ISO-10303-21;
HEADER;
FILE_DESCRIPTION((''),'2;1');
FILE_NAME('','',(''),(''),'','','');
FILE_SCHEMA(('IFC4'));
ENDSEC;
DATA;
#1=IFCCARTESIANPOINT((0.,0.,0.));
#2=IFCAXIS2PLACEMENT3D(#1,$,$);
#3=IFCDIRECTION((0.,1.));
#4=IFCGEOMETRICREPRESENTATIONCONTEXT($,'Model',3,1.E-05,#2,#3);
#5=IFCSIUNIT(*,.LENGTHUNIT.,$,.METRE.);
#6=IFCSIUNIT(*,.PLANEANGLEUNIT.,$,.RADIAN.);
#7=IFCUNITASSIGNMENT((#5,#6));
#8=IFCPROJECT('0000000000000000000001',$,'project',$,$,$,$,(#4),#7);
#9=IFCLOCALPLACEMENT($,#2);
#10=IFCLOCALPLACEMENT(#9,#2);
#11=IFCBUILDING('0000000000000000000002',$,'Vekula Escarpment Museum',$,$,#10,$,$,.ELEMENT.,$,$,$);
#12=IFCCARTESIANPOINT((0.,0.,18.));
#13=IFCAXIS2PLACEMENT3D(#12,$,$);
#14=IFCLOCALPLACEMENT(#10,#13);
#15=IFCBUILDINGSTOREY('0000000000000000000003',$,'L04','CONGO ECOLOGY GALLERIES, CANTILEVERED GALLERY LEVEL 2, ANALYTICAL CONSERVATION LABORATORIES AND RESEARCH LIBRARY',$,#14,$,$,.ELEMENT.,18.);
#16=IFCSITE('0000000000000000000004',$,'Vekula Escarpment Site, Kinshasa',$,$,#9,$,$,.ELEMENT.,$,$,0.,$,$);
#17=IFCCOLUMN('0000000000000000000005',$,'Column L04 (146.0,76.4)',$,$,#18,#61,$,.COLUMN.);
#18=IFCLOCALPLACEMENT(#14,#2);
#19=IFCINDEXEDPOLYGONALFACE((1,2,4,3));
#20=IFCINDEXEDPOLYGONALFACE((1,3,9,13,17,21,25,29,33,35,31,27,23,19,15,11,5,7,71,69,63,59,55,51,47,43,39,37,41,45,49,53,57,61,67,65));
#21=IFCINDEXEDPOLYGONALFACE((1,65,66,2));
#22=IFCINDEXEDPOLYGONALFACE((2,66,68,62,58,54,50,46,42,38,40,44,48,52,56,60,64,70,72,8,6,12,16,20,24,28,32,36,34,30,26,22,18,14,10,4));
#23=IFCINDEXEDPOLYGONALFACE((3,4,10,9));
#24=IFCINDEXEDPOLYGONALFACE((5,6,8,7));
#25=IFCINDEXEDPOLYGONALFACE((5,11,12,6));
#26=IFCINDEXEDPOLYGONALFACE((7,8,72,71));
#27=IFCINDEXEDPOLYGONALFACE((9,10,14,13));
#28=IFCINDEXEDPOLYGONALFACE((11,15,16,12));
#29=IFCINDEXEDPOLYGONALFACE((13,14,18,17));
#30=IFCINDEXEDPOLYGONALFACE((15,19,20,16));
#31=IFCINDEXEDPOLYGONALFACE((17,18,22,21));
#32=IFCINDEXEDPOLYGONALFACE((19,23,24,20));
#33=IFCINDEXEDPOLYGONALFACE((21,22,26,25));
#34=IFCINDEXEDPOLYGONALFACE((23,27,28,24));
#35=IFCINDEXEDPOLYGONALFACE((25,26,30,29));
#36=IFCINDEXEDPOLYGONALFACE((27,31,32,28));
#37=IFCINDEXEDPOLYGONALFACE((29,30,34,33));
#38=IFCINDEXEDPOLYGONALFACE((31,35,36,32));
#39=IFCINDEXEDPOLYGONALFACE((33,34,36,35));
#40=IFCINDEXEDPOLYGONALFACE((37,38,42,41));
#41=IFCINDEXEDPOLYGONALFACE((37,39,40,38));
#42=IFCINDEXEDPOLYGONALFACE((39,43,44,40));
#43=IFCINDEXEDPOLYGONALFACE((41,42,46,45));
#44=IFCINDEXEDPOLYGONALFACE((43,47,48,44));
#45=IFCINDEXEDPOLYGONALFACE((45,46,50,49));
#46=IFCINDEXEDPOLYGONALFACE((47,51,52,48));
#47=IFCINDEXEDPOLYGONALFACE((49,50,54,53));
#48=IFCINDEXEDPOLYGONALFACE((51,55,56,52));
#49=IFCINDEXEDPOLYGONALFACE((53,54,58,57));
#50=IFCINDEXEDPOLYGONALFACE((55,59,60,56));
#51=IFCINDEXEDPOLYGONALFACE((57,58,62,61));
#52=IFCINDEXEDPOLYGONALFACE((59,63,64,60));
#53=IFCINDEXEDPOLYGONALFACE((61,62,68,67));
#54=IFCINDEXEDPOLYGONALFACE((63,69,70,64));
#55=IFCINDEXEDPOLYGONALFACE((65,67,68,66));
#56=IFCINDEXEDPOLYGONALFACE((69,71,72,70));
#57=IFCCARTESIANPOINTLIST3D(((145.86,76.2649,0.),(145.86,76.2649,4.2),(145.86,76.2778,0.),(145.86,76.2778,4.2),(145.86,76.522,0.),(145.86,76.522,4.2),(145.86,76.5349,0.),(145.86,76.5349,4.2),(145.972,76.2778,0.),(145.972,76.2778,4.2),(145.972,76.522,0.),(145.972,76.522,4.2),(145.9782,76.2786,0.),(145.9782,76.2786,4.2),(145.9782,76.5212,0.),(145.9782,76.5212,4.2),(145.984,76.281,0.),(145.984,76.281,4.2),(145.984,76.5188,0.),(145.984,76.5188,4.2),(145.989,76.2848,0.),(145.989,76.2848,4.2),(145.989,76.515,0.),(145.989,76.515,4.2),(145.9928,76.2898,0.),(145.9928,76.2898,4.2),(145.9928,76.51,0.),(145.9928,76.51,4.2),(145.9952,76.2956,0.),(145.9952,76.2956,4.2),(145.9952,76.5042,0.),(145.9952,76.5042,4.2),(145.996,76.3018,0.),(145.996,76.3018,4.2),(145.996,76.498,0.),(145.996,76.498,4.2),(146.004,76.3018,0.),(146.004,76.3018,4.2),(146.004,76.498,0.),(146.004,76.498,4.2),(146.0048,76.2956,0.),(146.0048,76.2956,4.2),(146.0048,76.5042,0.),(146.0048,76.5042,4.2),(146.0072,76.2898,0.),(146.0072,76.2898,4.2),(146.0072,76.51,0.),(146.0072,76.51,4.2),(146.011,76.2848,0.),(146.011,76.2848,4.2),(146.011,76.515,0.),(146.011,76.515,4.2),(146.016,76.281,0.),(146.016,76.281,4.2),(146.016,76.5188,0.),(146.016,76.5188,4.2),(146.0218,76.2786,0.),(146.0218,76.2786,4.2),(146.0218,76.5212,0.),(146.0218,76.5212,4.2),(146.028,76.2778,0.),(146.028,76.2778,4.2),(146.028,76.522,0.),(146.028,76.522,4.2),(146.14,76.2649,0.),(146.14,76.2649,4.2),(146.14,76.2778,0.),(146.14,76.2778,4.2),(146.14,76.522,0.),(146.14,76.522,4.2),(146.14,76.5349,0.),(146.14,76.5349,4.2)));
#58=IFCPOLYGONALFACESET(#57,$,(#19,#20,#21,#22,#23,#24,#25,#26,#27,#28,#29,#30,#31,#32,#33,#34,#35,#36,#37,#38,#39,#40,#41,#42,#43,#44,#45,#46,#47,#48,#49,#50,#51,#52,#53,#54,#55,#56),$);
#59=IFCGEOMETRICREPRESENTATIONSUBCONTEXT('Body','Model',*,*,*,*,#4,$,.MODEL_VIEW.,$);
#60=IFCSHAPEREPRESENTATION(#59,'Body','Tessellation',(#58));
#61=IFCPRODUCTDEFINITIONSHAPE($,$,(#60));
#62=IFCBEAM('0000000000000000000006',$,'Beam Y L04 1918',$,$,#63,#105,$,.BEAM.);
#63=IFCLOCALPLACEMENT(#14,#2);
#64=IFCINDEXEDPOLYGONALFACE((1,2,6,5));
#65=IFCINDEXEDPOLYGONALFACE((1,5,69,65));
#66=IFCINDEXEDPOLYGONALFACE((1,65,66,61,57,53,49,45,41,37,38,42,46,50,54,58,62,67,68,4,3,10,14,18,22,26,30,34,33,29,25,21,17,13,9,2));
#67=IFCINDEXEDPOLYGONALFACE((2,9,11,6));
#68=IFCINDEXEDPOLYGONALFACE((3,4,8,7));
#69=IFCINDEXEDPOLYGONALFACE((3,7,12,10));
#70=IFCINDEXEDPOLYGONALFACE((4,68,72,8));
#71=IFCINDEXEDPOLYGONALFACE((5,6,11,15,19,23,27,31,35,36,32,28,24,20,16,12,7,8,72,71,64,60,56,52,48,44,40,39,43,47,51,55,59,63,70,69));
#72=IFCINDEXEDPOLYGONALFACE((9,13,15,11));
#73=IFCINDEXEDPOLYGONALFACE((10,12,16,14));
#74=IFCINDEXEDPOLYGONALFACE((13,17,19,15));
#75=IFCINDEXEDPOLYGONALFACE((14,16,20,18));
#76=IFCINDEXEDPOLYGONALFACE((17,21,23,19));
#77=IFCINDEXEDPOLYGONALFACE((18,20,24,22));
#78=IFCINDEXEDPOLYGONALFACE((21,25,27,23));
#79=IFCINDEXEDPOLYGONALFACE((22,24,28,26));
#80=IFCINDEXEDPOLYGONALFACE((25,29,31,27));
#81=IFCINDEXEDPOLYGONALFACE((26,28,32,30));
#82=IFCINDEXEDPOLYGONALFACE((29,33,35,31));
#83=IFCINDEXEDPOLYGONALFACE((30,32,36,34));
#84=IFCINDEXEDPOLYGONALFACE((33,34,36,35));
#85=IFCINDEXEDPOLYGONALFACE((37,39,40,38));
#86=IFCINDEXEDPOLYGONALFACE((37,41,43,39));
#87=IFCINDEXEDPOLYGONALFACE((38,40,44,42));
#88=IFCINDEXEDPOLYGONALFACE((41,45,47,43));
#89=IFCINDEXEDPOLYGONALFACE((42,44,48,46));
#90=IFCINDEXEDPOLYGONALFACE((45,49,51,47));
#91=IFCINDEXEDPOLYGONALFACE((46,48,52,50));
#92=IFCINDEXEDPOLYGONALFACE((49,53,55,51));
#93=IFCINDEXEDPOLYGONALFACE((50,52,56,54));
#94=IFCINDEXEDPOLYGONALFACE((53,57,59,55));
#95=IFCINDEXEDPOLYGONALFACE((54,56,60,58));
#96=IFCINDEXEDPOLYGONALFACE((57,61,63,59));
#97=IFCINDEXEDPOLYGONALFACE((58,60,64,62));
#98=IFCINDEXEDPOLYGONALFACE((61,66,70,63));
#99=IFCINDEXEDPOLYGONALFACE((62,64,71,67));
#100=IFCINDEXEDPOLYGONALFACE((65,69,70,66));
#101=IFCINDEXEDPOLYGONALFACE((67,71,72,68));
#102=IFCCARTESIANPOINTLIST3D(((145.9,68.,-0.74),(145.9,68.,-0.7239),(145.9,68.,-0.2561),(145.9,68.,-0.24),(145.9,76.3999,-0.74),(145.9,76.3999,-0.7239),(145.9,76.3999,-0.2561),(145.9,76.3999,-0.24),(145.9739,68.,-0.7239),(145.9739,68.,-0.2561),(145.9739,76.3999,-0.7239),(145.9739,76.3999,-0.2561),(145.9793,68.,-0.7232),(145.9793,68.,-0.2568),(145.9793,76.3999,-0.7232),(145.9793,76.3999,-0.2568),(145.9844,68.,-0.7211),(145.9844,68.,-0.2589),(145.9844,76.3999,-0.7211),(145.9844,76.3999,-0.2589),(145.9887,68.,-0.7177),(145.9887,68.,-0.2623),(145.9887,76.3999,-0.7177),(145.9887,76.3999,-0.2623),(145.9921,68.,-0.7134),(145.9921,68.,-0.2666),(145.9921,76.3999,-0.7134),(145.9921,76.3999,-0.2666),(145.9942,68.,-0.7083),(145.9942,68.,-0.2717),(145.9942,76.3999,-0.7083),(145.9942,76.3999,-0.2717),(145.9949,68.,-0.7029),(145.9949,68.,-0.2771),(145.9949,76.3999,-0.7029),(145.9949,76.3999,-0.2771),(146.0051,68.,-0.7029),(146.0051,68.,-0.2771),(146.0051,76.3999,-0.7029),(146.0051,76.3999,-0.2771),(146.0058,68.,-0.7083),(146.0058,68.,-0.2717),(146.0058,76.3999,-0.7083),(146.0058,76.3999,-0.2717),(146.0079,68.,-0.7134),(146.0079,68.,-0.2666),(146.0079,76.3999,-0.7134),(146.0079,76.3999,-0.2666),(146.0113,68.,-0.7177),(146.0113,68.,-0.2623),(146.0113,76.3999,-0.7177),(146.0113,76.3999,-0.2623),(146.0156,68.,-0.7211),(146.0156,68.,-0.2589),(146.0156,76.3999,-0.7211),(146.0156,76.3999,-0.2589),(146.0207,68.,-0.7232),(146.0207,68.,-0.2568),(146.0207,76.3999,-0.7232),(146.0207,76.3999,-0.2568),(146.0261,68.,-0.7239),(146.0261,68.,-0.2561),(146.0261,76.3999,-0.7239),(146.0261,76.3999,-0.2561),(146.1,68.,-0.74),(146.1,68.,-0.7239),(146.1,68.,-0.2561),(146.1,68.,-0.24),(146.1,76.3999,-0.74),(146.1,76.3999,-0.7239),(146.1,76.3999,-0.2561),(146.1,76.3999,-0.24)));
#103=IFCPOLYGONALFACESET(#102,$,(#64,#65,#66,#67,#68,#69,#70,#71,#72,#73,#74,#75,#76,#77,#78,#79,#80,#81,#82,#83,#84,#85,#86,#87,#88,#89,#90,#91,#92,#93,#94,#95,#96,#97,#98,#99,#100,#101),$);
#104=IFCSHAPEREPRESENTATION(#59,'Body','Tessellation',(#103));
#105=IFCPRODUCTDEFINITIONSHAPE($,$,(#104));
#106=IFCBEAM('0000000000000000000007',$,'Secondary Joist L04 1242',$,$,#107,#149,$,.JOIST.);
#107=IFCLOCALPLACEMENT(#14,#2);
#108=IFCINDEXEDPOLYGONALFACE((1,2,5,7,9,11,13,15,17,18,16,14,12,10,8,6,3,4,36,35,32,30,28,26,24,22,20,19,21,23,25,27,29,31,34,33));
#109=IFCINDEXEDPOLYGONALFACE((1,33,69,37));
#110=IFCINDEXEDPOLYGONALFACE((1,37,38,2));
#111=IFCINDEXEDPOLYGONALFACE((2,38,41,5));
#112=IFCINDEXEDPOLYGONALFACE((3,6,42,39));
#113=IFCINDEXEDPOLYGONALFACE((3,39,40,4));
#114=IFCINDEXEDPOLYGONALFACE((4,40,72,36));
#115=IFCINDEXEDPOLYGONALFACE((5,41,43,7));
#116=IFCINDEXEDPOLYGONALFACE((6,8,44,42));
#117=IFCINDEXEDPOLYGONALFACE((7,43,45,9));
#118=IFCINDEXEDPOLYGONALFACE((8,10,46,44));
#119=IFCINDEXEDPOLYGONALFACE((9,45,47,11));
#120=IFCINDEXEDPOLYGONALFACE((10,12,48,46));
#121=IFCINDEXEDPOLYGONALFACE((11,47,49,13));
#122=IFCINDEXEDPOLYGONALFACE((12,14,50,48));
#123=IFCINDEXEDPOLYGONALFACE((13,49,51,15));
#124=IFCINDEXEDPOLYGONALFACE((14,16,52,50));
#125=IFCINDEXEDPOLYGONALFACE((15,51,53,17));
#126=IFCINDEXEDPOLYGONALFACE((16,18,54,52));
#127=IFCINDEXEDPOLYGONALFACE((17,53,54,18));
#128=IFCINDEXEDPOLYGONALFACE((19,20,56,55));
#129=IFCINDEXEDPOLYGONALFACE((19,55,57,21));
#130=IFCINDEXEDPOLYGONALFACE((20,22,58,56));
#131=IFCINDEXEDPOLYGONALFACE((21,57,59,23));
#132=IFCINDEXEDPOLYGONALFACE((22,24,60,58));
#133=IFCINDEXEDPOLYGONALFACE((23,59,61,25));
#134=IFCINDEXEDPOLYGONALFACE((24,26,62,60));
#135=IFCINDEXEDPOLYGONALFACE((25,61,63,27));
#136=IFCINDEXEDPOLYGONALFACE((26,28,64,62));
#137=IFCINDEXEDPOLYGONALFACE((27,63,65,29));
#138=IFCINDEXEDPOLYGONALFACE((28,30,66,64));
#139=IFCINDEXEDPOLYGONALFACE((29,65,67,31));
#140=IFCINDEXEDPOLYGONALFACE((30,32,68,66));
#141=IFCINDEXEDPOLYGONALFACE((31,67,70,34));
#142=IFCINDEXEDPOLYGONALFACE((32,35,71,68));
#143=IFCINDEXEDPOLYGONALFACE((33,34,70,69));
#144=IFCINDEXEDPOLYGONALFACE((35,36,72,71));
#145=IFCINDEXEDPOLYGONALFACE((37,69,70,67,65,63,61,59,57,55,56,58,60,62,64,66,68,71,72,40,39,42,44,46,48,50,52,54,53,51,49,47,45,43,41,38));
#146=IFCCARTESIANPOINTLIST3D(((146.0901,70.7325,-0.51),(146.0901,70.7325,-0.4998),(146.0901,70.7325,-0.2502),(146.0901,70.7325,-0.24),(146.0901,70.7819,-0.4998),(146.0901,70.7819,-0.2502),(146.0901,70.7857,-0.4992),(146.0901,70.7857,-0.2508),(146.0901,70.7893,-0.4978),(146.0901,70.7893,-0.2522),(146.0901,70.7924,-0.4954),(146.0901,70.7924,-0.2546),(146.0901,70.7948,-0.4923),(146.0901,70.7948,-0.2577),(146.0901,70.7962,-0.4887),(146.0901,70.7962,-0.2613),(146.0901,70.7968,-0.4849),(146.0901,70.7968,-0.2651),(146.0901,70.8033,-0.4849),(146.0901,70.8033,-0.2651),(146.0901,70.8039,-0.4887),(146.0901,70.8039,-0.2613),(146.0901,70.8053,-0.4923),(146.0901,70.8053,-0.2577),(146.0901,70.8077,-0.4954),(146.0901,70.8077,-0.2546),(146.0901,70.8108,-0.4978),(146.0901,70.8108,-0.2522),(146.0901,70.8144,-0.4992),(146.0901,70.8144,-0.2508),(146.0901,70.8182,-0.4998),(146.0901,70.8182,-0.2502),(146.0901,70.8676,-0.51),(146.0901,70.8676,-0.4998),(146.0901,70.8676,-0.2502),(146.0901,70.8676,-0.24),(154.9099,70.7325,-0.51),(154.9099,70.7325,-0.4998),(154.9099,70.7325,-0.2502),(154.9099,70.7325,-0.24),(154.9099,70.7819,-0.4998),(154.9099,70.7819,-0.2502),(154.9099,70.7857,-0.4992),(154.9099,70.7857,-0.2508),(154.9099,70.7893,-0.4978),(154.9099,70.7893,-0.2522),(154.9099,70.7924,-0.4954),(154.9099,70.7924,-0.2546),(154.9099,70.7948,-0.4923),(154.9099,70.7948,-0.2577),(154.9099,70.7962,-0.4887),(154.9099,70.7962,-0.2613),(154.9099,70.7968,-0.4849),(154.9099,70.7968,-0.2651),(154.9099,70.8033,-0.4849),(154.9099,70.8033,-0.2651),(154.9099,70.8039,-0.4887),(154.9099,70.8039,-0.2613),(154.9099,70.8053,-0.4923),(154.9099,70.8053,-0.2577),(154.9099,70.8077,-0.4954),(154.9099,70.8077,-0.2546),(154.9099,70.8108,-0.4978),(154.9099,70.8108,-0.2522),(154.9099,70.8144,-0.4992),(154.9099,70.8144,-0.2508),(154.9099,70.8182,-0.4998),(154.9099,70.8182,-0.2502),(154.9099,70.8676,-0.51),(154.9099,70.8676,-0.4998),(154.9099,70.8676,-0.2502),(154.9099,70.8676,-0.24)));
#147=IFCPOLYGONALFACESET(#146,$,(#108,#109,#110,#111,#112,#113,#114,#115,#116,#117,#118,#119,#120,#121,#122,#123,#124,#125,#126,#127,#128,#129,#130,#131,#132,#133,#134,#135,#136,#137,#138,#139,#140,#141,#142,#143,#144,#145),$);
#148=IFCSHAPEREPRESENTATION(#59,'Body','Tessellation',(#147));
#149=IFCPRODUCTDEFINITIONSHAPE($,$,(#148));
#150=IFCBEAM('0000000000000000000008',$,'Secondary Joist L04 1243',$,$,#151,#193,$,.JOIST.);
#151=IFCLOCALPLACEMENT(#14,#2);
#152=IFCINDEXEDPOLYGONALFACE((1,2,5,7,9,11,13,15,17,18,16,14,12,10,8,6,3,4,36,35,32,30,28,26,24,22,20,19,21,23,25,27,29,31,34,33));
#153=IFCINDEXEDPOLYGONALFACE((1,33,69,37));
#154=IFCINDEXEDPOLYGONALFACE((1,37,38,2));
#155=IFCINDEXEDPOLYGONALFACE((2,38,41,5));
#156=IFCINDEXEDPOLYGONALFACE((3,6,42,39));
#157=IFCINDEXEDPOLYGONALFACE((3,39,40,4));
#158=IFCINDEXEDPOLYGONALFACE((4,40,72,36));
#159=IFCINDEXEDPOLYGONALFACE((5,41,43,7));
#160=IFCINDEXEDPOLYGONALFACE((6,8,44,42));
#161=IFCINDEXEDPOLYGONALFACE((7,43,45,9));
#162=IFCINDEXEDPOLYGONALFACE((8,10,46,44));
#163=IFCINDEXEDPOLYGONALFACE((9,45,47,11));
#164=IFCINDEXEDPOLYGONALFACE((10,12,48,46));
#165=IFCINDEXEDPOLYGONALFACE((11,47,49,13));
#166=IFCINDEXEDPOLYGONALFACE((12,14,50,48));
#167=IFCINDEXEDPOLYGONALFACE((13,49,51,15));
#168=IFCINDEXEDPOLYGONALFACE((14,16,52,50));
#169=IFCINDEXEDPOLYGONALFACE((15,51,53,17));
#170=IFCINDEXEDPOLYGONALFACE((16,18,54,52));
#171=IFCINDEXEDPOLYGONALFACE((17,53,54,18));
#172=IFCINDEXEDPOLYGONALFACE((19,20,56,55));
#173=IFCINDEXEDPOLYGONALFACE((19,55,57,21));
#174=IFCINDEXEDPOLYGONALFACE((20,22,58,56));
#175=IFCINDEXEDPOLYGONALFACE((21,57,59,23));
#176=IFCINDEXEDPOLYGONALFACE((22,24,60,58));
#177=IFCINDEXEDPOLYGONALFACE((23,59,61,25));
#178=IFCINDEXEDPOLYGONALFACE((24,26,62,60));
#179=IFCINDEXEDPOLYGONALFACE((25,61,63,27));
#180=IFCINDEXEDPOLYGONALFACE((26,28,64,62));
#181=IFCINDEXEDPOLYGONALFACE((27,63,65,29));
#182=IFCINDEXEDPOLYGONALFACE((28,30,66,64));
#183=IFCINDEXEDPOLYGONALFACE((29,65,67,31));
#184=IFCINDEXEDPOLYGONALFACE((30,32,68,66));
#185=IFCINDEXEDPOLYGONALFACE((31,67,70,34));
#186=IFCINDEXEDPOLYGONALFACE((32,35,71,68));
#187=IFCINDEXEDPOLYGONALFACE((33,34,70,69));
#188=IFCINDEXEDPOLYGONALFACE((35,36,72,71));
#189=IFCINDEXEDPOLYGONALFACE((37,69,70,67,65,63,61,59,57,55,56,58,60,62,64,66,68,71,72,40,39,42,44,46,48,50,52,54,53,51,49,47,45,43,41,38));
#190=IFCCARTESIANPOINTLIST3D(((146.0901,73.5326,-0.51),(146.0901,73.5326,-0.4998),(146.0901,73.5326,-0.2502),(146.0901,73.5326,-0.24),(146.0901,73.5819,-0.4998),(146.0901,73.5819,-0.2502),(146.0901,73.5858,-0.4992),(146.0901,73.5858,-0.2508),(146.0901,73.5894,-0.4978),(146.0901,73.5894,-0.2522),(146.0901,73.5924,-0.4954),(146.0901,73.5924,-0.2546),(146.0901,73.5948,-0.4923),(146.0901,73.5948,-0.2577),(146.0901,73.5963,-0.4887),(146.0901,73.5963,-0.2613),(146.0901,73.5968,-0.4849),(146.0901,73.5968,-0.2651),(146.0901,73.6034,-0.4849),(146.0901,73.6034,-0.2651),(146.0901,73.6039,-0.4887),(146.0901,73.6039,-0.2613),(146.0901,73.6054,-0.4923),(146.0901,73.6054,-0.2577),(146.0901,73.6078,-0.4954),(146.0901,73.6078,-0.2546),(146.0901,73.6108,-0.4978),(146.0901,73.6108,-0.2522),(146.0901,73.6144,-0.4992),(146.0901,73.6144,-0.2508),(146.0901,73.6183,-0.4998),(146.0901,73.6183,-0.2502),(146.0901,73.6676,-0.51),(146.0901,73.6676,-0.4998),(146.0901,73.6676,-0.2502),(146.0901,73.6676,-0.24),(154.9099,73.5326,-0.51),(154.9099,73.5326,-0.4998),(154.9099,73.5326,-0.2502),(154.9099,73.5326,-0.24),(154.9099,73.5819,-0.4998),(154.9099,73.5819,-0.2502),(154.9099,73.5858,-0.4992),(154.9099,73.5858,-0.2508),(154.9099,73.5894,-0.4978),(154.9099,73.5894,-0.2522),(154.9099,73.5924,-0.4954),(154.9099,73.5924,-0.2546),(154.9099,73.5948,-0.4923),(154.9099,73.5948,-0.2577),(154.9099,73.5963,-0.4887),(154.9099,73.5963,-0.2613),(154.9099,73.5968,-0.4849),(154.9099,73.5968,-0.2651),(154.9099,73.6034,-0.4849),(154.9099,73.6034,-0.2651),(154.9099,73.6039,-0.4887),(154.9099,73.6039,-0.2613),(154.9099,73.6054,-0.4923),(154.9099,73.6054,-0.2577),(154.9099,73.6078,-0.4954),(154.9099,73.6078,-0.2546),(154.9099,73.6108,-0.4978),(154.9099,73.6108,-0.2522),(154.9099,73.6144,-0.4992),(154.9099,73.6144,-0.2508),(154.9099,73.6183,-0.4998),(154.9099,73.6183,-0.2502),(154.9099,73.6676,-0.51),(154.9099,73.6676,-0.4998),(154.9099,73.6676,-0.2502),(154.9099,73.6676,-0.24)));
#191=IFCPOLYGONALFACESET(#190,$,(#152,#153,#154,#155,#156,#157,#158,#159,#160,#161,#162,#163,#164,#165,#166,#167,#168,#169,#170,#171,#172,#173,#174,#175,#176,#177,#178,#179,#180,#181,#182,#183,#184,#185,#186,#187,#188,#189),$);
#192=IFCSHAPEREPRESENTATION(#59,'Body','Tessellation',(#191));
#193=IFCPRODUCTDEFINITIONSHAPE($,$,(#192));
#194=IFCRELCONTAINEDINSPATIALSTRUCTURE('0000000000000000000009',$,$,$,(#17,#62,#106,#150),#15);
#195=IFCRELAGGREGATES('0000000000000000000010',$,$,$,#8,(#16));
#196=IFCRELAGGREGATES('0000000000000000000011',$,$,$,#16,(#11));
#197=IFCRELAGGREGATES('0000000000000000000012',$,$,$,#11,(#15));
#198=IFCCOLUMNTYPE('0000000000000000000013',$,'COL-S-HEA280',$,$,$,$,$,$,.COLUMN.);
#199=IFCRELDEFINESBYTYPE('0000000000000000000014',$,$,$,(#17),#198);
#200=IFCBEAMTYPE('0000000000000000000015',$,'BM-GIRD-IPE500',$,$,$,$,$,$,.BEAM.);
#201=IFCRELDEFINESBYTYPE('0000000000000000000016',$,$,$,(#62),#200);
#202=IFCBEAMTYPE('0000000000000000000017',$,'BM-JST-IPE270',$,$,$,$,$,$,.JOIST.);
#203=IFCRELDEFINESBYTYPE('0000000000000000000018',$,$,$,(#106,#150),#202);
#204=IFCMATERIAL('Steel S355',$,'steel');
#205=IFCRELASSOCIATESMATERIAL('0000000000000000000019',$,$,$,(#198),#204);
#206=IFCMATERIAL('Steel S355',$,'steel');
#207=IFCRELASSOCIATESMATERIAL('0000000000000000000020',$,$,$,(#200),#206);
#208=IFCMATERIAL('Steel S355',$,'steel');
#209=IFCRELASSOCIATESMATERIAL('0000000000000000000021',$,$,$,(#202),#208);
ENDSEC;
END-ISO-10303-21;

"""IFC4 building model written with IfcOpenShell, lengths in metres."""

from ifc_helpers import new_model, si_unit, direction, frame, origin, origin_2d, place, context, subcontext, project, spatial, i_section, extrude, material, material_profile, profile_set, type_object, element, save


model = new_model("IFC4")

# Units and contexts
model_context = context("Model", 3, precision=1e-05, world=origin(), true_north=direction((0.0, 1.0)))
body_context = subcontext(model_context, "Body", "Model", "MODEL_VIEW")
ifc_project = project(units=[si_unit("LENGTHUNIT", "METRE"), si_unit("PLANEANGLEUNIT", "RADIAN")], contexts=[model_context])

# Site, building, storey
site_placement = place(None, origin())
site = spatial("IfcSite", under=ifc_project, at=site_placement, Name="Vekula Escarpment Site, Kinshasa", CompositionType="ELEMENT", RefElevation=0.0)
building_placement = place(site_placement, origin())
building = spatial("IfcBuilding", under=site, at=building_placement, Name="Vekula Escarpment Museum", CompositionType="ELEMENT")
storey_placement = place(building_placement, frame((0.0, 0.0, 18.0)))
storey = spatial("IfcBuildingStorey", under=building, at=storey_placement, Name="L04", Description="CONGO ECOLOGY GALLERIES, CANTILEVERED GALLERY LEVEL 2, ANALYTICAL CONSERVATION LABORATORIES AND RESEARCH LIBRARY", CompositionType="ELEMENT", Elevation=18.0)

# Column
ifc_material_1 = material(Name="Steel S355", Category="steel")
ifc_material_profile_1 = material_profile(ifc_material_1, i_section(OverallWidth=0.28, OverallDepth=0.27, WebThickness=0.0081, FlangeThickness=0.0129, FilletRadius=0.0239, at=origin_2d()), Name="HEA 280")
ifc_profile_set_1 = profile_set([ifc_material_profile_1], Name="Steel S355")
column_type = type_object("IfcColumnType", Name="COL-S-HEA280", PredefinedType="COLUMN", material=ifc_profile_set_1)
column_placement = place(storey_placement, frame((146.0, 76.3999, 0.0), z_axis=(0.0, 0.0, 1.0), x_axis=(1.0, 0.0, 0.0)))
element("IfcColumn", 1, at=column_placement, inside=storey, type_object=column_type, Name="Column L04 (146.0,76.4)", PredefinedType="COLUMN", context=body_context, shape_type="SweptSolid", body=[
    extrude(i_section(OverallWidth=0.28, OverallDepth=0.27, WebThickness=0.0081, FlangeThickness=0.0129, FilletRadius=0.0239, at=origin_2d()), origin(), (0.0, 0.0, 1.0), 4.2),
])

# Beams
ifc_material_2 = material(Name="Steel S355", Category="steel")
ifc_material_profile_2 = material_profile(ifc_material_2, i_section(OverallWidth=0.2, OverallDepth=0.5, WebThickness=0.0103, FlangeThickness=0.0161, FilletRadius=0.021, at=origin_2d()), Name="IPE 500")
ifc_profile_set_2 = profile_set([ifc_material_profile_2], Name="Steel S355")
beam_type_1 = type_object("IfcBeamType", Name="BM-GIRD-IPE500", PredefinedType="BEAM", material=ifc_profile_set_2)
beam_1_placement = place(storey_placement, frame((146.0, 68.0, -0.49), z_axis=(0.0, 1.0, 0.0), x_axis=(-1.0, 0.0, 0.0)))
element("IfcBeam", 2, at=beam_1_placement, inside=storey, type_object=beam_type_1, Name="Beam Y L04 1918", PredefinedType="BEAM", context=body_context, shape_type="SweptSolid", body=[
    extrude(i_section(OverallWidth=0.2, OverallDepth=0.5, WebThickness=0.0103, FlangeThickness=0.0161, FilletRadius=0.021, at=origin_2d()), origin(), (0.0, 0.0, 1.0), 8.3999),
])
ifc_material_3 = material(Name="Steel S355", Category="steel")
ifc_material_profile_3 = material_profile(ifc_material_3, i_section(OverallWidth=0.135, OverallDepth=0.27, WebThickness=0.0066, FlangeThickness=0.0103, FilletRadius=0.0149, at=origin_2d()), Name="IPE 270")
ifc_profile_set_3 = profile_set([ifc_material_profile_3], Name="Steel S355")
beam_type_2 = type_object("IfcBeamType", Name="BM-JST-IPE270", PredefinedType="JOIST", material=ifc_profile_set_3)
for number, where, z_axis, x_axis, name in (
    (3, (146.0901, 70.8, -0.375), (1.0, 0.0, 0.0), (0.0, 1.0, 0.0), "Secondary Joist L04 1242"),
    (4, (146.0901, 73.6001, -0.375), (1.0, 0.0, 0.0), (0.0, 1.0, 0.0), "Secondary Joist L04 1243"),
):
    element("IfcBeam", number, at=place(storey_placement, frame(where, z_axis=z_axis, x_axis=x_axis)), inside=storey, type_object=beam_type_2, Name=name, PredefinedType="JOIST", context=body_context, shape_type="SweptSolid", body=[
        extrude(i_section(OverallWidth=0.135, OverallDepth=0.27, WebThickness=0.0066, FlangeThickness=0.0103, FilletRadius=0.0149, at=origin_2d()), origin(), (0.0, 0.0, 1.0), 8.8198),
    ])

save(model, "model.ifc")
